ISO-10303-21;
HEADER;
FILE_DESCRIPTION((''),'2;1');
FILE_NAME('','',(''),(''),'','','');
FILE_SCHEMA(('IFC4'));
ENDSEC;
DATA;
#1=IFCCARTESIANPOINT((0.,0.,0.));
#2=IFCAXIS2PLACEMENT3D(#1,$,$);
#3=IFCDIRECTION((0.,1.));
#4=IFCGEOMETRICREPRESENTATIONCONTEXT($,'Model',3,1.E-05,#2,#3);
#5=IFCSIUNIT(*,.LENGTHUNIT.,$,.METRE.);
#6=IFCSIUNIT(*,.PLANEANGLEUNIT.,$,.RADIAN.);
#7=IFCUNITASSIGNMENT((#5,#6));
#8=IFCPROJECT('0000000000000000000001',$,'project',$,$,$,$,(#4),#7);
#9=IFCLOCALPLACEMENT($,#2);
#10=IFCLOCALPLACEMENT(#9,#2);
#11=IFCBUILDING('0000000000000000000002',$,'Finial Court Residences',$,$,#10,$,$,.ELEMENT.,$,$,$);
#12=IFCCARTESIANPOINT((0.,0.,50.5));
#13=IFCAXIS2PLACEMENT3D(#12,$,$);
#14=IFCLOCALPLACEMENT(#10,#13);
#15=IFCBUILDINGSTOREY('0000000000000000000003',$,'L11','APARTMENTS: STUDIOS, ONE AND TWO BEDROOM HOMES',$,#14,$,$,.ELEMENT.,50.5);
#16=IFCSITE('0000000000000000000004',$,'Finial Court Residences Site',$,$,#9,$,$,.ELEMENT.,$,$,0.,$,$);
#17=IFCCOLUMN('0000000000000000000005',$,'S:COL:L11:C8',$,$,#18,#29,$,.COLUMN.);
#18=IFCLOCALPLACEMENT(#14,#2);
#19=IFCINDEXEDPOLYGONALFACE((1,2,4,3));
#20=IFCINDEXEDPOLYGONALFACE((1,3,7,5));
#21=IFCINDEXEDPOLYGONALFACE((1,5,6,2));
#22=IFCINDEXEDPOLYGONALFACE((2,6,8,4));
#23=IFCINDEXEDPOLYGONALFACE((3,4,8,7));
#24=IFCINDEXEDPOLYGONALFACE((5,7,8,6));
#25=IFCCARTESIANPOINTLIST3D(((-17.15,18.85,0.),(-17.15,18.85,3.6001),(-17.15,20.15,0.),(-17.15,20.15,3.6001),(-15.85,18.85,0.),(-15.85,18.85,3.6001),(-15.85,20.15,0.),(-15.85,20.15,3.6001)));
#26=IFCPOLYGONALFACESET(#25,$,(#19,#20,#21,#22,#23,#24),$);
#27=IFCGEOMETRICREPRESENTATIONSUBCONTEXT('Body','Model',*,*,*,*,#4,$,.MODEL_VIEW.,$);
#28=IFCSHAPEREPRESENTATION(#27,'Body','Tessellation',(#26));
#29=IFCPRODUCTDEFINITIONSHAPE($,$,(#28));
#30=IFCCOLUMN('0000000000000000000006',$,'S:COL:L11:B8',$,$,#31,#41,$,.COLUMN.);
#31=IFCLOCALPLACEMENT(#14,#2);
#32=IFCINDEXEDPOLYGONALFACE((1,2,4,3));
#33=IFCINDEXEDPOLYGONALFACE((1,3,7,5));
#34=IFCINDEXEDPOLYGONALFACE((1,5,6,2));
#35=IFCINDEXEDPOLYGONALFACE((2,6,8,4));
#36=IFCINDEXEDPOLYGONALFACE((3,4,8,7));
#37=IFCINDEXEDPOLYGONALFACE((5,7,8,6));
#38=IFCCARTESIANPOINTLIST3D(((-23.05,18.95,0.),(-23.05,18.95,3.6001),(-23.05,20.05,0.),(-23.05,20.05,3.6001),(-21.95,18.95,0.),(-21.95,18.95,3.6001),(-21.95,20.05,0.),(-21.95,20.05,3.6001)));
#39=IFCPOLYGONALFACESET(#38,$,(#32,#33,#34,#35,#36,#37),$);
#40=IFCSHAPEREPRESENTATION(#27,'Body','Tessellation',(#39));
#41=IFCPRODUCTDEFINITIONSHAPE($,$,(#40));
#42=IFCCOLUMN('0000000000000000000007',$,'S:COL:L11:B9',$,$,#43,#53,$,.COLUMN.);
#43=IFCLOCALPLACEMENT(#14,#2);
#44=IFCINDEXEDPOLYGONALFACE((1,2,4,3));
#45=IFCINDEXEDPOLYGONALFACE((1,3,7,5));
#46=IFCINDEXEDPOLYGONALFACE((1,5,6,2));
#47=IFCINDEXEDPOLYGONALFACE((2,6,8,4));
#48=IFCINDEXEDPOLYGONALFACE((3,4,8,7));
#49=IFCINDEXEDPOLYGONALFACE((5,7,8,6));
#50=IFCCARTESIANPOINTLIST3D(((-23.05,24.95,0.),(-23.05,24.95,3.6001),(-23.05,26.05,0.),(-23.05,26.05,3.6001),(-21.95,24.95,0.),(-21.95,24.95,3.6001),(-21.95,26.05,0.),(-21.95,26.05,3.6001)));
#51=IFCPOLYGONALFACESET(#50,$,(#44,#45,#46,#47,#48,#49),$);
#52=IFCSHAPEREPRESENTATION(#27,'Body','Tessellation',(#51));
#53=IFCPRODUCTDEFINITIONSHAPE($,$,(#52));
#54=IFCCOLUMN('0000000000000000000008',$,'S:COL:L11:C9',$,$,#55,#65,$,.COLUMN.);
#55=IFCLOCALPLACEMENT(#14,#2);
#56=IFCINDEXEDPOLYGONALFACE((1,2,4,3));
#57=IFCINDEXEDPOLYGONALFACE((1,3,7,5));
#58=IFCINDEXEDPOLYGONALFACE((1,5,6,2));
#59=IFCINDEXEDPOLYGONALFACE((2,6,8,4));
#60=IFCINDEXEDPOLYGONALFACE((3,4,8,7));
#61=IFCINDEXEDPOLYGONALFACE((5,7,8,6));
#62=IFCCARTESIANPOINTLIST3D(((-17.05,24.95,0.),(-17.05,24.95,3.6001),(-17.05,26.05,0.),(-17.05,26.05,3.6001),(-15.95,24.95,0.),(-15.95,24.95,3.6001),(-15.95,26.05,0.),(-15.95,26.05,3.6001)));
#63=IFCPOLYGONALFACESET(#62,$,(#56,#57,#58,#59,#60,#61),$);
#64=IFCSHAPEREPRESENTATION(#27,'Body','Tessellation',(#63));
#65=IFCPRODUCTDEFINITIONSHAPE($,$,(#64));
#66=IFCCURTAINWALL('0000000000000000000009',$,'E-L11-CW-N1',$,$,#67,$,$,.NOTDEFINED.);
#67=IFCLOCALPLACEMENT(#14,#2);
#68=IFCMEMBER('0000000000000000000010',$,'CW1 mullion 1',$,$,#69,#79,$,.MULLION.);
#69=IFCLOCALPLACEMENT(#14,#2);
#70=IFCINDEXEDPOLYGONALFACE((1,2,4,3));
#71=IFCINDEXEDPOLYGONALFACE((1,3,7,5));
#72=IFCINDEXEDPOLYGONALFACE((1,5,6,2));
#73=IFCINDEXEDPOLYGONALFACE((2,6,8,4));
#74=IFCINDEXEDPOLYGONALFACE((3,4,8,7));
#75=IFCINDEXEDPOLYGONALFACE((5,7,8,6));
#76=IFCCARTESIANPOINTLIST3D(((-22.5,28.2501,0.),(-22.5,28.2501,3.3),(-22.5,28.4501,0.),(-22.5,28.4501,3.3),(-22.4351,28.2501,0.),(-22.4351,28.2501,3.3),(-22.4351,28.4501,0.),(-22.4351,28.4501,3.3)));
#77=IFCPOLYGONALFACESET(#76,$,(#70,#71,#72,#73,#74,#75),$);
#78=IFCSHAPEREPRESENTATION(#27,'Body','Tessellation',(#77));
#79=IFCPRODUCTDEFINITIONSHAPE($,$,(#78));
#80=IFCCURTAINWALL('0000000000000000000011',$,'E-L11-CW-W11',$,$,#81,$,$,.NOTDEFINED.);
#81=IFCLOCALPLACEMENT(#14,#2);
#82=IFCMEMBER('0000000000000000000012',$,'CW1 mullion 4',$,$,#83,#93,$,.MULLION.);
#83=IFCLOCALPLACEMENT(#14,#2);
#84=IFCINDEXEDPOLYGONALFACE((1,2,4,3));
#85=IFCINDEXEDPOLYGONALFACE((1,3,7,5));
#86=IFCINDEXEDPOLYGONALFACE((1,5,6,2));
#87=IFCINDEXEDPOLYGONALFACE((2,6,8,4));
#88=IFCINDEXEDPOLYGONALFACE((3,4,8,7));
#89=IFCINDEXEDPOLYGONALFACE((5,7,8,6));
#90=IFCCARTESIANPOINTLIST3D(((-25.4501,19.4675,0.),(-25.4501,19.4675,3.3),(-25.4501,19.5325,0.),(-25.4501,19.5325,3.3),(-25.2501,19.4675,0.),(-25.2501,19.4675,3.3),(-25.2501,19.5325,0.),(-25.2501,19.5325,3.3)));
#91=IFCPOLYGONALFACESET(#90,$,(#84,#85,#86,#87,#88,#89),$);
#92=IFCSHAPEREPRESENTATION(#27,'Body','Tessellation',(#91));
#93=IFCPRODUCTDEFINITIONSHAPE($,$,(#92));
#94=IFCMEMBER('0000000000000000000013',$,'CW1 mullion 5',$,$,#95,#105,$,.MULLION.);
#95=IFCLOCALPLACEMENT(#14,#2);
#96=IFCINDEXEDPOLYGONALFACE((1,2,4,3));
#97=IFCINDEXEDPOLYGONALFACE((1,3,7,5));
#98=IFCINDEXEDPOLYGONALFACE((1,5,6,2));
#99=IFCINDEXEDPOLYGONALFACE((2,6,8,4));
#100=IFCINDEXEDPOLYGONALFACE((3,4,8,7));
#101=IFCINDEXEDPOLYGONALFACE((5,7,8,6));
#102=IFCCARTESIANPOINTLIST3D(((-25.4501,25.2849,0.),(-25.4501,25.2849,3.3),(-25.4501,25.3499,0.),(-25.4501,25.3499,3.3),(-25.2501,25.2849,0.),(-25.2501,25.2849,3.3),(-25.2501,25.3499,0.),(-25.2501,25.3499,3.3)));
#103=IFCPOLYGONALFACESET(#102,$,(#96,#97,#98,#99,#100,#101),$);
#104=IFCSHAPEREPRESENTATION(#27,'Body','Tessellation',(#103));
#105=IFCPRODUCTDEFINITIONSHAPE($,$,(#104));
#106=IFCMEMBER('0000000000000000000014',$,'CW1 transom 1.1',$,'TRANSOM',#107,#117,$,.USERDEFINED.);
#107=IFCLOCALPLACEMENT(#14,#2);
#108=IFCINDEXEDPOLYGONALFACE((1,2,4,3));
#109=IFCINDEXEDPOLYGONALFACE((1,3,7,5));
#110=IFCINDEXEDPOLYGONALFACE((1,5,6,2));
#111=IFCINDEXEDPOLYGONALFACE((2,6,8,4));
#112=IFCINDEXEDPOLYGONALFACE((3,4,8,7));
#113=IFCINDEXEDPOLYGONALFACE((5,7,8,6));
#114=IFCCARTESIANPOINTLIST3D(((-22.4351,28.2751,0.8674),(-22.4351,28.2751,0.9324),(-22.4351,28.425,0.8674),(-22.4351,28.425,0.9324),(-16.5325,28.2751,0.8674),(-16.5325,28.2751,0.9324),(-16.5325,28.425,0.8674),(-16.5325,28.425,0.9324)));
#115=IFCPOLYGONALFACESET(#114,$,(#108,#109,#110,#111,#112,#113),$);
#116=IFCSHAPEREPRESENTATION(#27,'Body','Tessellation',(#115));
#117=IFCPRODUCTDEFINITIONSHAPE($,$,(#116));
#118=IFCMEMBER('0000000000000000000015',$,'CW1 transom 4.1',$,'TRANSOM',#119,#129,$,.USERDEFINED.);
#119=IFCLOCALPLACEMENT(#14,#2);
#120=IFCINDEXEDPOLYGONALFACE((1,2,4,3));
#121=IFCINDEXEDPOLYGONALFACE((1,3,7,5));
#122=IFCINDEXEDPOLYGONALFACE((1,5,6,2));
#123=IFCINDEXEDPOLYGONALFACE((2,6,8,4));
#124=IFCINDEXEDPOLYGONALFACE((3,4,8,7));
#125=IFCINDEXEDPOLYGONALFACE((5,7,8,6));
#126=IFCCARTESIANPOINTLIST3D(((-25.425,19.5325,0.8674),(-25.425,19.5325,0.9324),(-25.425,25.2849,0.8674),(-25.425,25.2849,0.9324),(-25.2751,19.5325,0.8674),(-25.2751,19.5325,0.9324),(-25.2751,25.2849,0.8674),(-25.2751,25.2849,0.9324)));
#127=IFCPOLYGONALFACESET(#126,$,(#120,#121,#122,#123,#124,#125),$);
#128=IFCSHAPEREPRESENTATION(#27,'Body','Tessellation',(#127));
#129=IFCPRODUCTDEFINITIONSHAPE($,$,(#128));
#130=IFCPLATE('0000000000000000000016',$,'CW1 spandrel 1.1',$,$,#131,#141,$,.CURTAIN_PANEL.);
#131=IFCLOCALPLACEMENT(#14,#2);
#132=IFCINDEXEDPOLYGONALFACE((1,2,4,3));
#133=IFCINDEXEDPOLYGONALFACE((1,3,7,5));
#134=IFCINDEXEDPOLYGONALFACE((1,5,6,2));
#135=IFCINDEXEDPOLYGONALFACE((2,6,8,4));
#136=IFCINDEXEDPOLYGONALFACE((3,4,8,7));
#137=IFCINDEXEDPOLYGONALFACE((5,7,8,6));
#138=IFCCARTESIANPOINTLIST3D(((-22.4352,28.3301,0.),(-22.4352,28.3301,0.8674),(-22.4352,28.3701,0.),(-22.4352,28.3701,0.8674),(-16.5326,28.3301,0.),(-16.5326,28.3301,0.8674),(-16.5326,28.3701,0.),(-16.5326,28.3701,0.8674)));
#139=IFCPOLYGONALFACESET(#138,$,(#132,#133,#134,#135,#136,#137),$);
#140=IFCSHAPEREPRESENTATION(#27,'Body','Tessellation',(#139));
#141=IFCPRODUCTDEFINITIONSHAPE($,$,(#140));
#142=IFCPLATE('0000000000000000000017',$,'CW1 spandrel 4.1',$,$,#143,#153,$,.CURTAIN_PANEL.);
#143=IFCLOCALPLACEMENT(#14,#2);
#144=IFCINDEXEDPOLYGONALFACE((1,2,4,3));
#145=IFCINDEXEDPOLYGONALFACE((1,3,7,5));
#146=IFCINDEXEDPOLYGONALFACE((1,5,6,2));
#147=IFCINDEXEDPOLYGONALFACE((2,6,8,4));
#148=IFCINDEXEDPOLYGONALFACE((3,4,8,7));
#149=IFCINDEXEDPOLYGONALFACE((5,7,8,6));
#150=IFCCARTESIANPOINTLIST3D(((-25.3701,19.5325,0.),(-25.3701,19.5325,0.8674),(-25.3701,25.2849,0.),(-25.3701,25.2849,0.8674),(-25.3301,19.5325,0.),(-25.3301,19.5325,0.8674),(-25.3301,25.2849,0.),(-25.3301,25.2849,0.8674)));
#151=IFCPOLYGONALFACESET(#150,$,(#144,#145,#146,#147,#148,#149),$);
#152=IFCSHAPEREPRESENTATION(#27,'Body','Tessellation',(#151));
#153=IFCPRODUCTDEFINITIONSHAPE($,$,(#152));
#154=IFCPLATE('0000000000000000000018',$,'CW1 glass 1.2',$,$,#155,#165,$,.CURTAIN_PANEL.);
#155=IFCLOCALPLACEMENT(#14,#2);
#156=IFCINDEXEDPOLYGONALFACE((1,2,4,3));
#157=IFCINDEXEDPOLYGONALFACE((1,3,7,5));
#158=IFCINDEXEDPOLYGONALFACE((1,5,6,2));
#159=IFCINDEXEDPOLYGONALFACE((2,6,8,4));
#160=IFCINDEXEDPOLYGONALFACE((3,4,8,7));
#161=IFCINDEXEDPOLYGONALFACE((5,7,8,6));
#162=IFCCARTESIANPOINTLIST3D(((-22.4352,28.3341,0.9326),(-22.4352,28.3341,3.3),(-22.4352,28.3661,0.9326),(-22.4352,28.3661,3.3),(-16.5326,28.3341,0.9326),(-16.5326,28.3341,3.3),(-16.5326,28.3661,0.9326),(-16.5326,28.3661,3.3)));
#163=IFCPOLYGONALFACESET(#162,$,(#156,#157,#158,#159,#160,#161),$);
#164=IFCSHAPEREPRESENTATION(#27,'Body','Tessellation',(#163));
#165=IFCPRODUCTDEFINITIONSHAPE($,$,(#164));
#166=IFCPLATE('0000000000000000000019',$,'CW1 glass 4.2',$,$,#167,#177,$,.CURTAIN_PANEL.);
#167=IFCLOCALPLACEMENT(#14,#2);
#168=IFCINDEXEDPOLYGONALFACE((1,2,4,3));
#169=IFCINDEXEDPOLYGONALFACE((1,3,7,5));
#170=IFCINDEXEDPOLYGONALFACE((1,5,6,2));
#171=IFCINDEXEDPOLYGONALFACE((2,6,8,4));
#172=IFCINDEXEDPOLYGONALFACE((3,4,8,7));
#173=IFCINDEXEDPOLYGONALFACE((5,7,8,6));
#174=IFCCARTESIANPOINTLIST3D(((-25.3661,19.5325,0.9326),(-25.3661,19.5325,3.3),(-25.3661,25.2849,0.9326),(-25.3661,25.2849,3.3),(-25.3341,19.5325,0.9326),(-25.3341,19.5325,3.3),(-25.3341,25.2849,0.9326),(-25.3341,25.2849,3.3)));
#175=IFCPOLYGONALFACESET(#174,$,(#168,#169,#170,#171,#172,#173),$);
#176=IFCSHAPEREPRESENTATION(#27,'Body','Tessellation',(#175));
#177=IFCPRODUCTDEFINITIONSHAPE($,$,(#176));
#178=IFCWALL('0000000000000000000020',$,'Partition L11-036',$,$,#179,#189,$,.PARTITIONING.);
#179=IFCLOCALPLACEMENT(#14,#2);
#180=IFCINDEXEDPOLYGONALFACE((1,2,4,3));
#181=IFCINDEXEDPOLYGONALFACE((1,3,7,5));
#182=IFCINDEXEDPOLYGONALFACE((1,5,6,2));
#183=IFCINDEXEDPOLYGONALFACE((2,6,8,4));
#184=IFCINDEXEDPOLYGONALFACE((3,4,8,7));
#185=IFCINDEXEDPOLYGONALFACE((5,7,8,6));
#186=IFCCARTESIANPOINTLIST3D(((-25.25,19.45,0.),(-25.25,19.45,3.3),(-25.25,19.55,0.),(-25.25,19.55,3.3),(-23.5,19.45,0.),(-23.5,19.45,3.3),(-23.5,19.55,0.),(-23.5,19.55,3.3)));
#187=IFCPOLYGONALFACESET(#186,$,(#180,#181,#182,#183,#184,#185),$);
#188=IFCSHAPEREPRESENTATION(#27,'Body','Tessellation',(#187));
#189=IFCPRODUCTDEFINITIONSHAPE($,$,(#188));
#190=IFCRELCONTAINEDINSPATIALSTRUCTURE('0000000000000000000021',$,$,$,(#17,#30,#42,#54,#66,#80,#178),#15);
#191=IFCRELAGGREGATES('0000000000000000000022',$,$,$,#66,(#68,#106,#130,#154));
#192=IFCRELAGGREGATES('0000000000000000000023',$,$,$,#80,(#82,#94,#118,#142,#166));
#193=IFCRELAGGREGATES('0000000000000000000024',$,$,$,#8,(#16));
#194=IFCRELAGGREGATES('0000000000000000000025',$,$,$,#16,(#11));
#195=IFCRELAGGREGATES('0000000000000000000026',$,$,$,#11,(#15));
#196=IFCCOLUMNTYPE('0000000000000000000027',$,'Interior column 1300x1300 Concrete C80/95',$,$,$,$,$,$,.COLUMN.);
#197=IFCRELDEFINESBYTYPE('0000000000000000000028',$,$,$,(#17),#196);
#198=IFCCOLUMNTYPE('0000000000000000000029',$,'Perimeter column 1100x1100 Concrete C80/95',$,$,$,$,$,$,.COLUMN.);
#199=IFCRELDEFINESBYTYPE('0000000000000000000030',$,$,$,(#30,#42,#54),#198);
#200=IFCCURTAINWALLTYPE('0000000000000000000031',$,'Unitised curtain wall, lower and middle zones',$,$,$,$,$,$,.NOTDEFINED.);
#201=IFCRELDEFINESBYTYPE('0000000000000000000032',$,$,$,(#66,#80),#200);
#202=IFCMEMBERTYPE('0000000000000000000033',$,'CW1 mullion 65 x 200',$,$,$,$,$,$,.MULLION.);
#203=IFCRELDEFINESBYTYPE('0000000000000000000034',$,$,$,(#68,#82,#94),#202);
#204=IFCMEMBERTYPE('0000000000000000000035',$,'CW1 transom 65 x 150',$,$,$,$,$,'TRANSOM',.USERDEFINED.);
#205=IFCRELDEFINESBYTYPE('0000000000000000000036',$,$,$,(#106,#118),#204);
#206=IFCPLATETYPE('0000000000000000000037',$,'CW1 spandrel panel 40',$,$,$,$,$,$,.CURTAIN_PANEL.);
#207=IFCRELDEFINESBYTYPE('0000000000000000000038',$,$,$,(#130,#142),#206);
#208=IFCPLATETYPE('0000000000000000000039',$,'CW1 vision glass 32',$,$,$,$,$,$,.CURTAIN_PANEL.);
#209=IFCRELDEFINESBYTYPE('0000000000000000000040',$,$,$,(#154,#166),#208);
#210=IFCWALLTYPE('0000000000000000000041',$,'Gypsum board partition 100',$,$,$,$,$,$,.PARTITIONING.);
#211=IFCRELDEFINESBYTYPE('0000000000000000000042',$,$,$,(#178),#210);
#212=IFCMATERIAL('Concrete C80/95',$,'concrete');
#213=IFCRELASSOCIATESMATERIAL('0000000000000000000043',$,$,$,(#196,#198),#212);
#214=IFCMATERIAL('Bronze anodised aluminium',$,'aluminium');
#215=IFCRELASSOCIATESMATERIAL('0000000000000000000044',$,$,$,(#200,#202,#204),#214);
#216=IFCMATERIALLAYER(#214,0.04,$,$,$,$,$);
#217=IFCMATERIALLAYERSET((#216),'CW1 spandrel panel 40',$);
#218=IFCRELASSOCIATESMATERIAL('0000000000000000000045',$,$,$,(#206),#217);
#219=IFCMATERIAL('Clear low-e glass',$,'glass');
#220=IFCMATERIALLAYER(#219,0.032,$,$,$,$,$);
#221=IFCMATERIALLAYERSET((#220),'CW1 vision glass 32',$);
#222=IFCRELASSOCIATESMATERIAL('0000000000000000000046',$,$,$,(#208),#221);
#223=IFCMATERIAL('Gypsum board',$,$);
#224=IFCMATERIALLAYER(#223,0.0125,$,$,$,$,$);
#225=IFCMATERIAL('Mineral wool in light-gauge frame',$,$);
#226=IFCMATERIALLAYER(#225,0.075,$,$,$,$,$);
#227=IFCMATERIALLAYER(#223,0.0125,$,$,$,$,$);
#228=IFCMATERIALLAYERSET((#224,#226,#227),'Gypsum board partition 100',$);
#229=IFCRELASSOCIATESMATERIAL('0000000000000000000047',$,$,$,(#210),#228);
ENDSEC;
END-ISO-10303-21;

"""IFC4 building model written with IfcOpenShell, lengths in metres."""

from ifc_helpers import new_model, si_unit, direction, frame, frame_2d, origin, origin_2d, place, context, subcontext, project, spatial, rectangle, extrude, material, layer, layer_set, material_profile, profile_set, type_object, element, aggregate, save


model = new_model("IFC4")

# Units and contexts
model_context = context("Model", 3, precision=1e-05, world=origin(), true_north=direction((0.0, 1.0)))
body_context = subcontext(model_context, "Body", "Model", "MODEL_VIEW")
ifc_project = project(units=[si_unit("LENGTHUNIT", "METRE"), si_unit("PLANEANGLEUNIT", "RADIAN")], contexts=[model_context])

# Site, building, storey
site_placement = place(None, origin())
site = spatial("IfcSite", under=ifc_project, at=site_placement, Name="Finial Court Residences Site", CompositionType="ELEMENT", RefElevation=0.0)
building_placement = place(site_placement, origin())
building = spatial("IfcBuilding", under=site, at=building_placement, Name="Finial Court Residences", CompositionType="ELEMENT")
storey_placement = place(building_placement, frame((0.0, 0.0, 50.5)))
storey = spatial("IfcBuildingStorey", under=building, at=storey_placement, Name="L11", Description="APARTMENTS: STUDIOS, ONE AND TWO BEDROOM HOMES", CompositionType="ELEMENT", Elevation=50.5)

# Columns
ifc_material_1 = material(Name="Concrete C80/95", Category="concrete")
ifc_material_profile_1 = material_profile(ifc_material_1, rectangle(XDim=1.3, YDim=1.3, at=origin_2d()), Name="1300x1300")
ifc_profile_set_1 = profile_set([ifc_material_profile_1], Name="Concrete C80/95")
column_type_1 = type_object("IfcColumnType", Name="Interior column 1300x1300 Concrete C80/95", PredefinedType="COLUMN", material=ifc_profile_set_1)
column_placement = place(storey_placement, frame((-16.5, 19.5, 0.0), z_axis=(0.0, 0.0, 1.0), x_axis=(1.0, 0.0, 0.0)))
element("IfcColumn", 1, at=column_placement, inside=storey, type_object=column_type_1, Name="S:COL:L11:C8", PredefinedType="COLUMN", context=body_context, shape_type="SweptSolid", body=[
    extrude(rectangle(XDim=1.3, YDim=1.3, at=origin_2d()), origin(), (0.0, 0.0, 1.0), 3.6001),
])
ifc_material_profile_2 = material_profile(ifc_material_1, rectangle(XDim=1.1001, YDim=1.1001, at=origin_2d()), Name="1100x1100")
ifc_profile_set_2 = profile_set([ifc_material_profile_2], Name="Concrete C80/95")
column_type_2 = type_object("IfcColumnType", Name="Perimeter column 1100x1100 Concrete C80/95", PredefinedType="COLUMN", material=ifc_profile_set_2)
for number, where, z_axis, x_axis, name in (
    (2, (-22.5, 19.5, 0.0), (0.0, 0.0, 1.0), (1.0, 0.0, 0.0), "S:COL:L11:B8"),
    (3, (-22.5, 25.5, 0.0), (0.0, 0.0, 1.0), (1.0, 0.0, 0.0), "S:COL:L11:B9"),
    (4, (-16.5, 25.5, 0.0), (0.0, 0.0, 1.0), (1.0, 0.0, 0.0), "S:COL:L11:C9"),
):
    element("IfcColumn", number, at=place(storey_placement, frame(where, z_axis=z_axis, x_axis=x_axis)), inside=storey, type_object=column_type_2, Name=name, PredefinedType="COLUMN", context=body_context, shape_type="SweptSolid", body=[
        extrude(rectangle(XDim=1.1001, YDim=1.1001, at=origin_2d()), origin(), (0.0, 0.0, 1.0), 3.6001),
    ])

# Curtain wall, member
ifc_material_2 = material(Name="Bronze anodised aluminium", Category="aluminium")
curtain_wall_type = type_object("IfcCurtainWallType", Name="Unitised curtain wall, lower and middle zones", PredefinedType="NOTDEFINED", material=ifc_material_2)
curtain_wall_1_placement = place(storey_placement, origin())
curtain_wall_1 = element("IfcCurtainWall", 5, at=curtain_wall_1_placement, inside=storey, type_object=curtain_wall_type, Name="E-L11-CW-N1", PredefinedType="NOTDEFINED")
ifc_material_profile_3 = material_profile(ifc_material_2, rectangle(XDim=0.2, YDim=0.0649, at=origin_2d()), Name="CW1 mullion 65 x 200")
ifc_profile_set_3 = profile_set([ifc_material_profile_3], Name="Bronze anodised aluminium")
member_type_1 = type_object("IfcMemberType", Name="CW1 mullion 65 x 200", PredefinedType="MULLION", material=ifc_profile_set_3)
member_1_placement = place(storey_placement, frame((-22.4675, 28.3501, 0.0), z_axis=(0.0, 0.0, 1.0), x_axis=(0.0, 1.0, 0.0)))
member_1 = element("IfcMember", 6, at=member_1_placement, type_object=member_type_1, Name="CW1 mullion 1", PredefinedType="MULLION", context=body_context, shape_type="SweptSolid", body=[
    extrude(rectangle(XDim=0.2, YDim=0.0649, at=origin_2d()), origin(), (0.0, 0.0, 1.0), 3.3),
])

# Curtain wall, members
curtain_wall_2_placement = place(storey_placement, origin())
curtain_wall_2 = element("IfcCurtainWall", 7, at=curtain_wall_2_placement, inside=storey, type_object=curtain_wall_type, Name="E-L11-CW-W11", PredefinedType="NOTDEFINED")
member_2_placement = place(storey_placement, frame((-25.3501, 19.5, 0.0), z_axis=(0.0, 0.0, 1.0), x_axis=(-1.0, 0.0, 0.0)))
member_2 = element("IfcMember", 8, at=member_2_placement, type_object=member_type_1, Name="CW1 mullion 4", PredefinedType="MULLION", context=body_context, shape_type="SweptSolid", body=[
    extrude(rectangle(XDim=0.2, YDim=0.0649, at=origin_2d()), origin(), (0.0, 0.0, 1.0), 3.3),
])
member_3_placement = place(storey_placement, frame((-25.3501, 25.3174, 0.0), z_axis=(0.0, 0.0, 1.0), x_axis=(-1.0, 0.0, 0.0)))
member_3 = element("IfcMember", 9, at=member_3_placement, type_object=member_type_1, Name="CW1 mullion 5", PredefinedType="MULLION", context=body_context, shape_type="SweptSolid", body=[
    extrude(rectangle(XDim=0.2, YDim=0.0649, at=origin_2d()), origin(), (0.0, 0.0, 1.0), 3.3),
])

# Members
ifc_material_profile_4 = material_profile(ifc_material_2, rectangle(XDim=0.1499, YDim=0.0649, at=origin_2d()), Name="CW1 transom 65 x 150")
ifc_profile_set_4 = profile_set([ifc_material_profile_4], Name="Bronze anodised aluminium")
member_type_2 = type_object("IfcMemberType", Name="CW1 transom 65 x 150", ElementType="TRANSOM", PredefinedType="USERDEFINED", material=ifc_profile_set_4)
member_4_placement = place(storey_placement, frame((-22.4351, 28.3501, 0.8999), z_axis=(1.0, 0.0, 0.0), x_axis=(0.0, 1.0, 0.0)))
member_4 = element("IfcMember", 10, at=member_4_placement, type_object=member_type_2, Name="CW1 transom 1.1", ObjectType="TRANSOM", PredefinedType="USERDEFINED", context=body_context, shape_type="SweptSolid", body=[
    extrude(rectangle(XDim=0.1499, YDim=0.0649, at=origin_2d()), origin(), (0.0, 0.0, 1.0), 5.9026),
])
member_5_placement = place(storey_placement, frame((-25.3501, 19.5325, 0.8999), z_axis=(0.0, 1.0, 0.0), x_axis=(-1.0, 0.0, 0.0)))
member_5 = element("IfcMember", 11, at=member_5_placement, type_object=member_type_2, Name="CW1 transom 4.1", ObjectType="TRANSOM", PredefinedType="USERDEFINED", context=body_context, shape_type="SweptSolid", body=[
    extrude(rectangle(XDim=0.1499, YDim=0.0649, at=origin_2d()), origin(), (0.0, 0.0, 1.0), 5.7524),
])

# Plates
ifc_layer_1 = layer(ifc_material_2, 0.04)
ifc_layer_set_1 = layer_set([ifc_layer_1], Name="CW1 spandrel panel 40")
plate_type_1 = type_object("IfcPlateType", Name="CW1 spandrel panel 40", PredefinedType="CURTAIN_PANEL", material=ifc_layer_set_1)
plate_1_placement = place(storey_placement, frame((-19.4839, 28.3501, 0.0), z_axis=(0.0, 0.0, 1.0), x_axis=(1.0, 0.0, 0.0)))
plate_1 = element("IfcPlate", 12, at=plate_1_placement, type_object=plate_type_1, Name="CW1 spandrel 1.1", PredefinedType="CURTAIN_PANEL", context=body_context, shape_type="SweptSolid", body=[
    extrude(rectangle(XDim=5.9026, YDim=0.04, at=origin_2d()), origin(), (0.0, 0.0, 1.0), 0.8674),
])
plate_2_placement = place(storey_placement, frame((-25.3501, 22.4087, 0.0), z_axis=(0.0, 0.0, 1.0), x_axis=(0.0, 1.0, 0.0)))
plate_2 = element("IfcPlate", 13, at=plate_2_placement, type_object=plate_type_1, Name="CW1 spandrel 4.1", PredefinedType="CURTAIN_PANEL", context=body_context, shape_type="SweptSolid", body=[
    extrude(rectangle(XDim=5.7524, YDim=0.04, at=origin_2d()), origin(), (0.0, 0.0, 1.0), 0.8674),
])
ifc_material_3 = material(Name="Clear low-e glass", Category="glass")
ifc_layer_2 = layer(ifc_material_3, 0.032)
ifc_layer_set_2 = layer_set([ifc_layer_2], Name="CW1 vision glass 32")
plate_type_2 = type_object("IfcPlateType", Name="CW1 vision glass 32", PredefinedType="CURTAIN_PANEL", material=ifc_layer_set_2)
plate_3_placement = place(storey_placement, frame((-19.4839, 28.3501, 0.9326), z_axis=(0.0, 0.0, 1.0), x_axis=(1.0, 0.0, 0.0)))
plate_3 = element("IfcPlate", 14, at=plate_3_placement, type_object=plate_type_2, Name="CW1 glass 1.2", PredefinedType="CURTAIN_PANEL", context=body_context, shape_type="SweptSolid", body=[
    extrude(rectangle(XDim=5.9026, YDim=0.032, at=origin_2d()), origin(), (0.0, 0.0, 1.0), 2.3674),
])
aggregate(curtain_wall_1, [member_1, member_4, plate_1, plate_3])
plate_4_placement = place(storey_placement, frame((-25.3501, 22.4087, 0.9326), z_axis=(0.0, 0.0, 1.0), x_axis=(0.0, 1.0, 0.0)))
plate_4 = element("IfcPlate", 15, at=plate_4_placement, type_object=plate_type_2, Name="CW1 glass 4.2", PredefinedType="CURTAIN_PANEL", context=body_context, shape_type="SweptSolid", body=[
    extrude(rectangle(XDim=5.7524, YDim=0.032, at=origin_2d()), origin(), (0.0, 0.0, 1.0), 2.3674),
])
aggregate(curtain_wall_2, [member_2, member_3, member_5, plate_2, plate_4])

# Wall
ifc_material_4 = material(Name="Gypsum board")
ifc_layer_3 = layer(ifc_material_4, 0.0125)
ifc_material_5 = material(Name="Mineral wool in light-gauge frame")
ifc_layer_4 = layer(ifc_material_5, 0.075)
ifc_layer_5 = layer(ifc_material_4, 0.0125)
ifc_layer_set_3 = layer_set([ifc_layer_3, ifc_layer_4, ifc_layer_5], Name="Gypsum board partition 100")
wall_type_1 = type_object("IfcWallType", Name="Gypsum board partition 100", PredefinedType="PARTITIONING", material=ifc_layer_set_3)
wall_1_placement = place(storey_placement, frame((-25.25, 19.5, 0.0), z_axis=(0.0, 0.0, 1.0), x_axis=(1.0, 0.0, 0.0)))
element("IfcWall", 16, at=wall_1_placement, inside=storey, type_object=wall_type_1, Name="Partition L11-036", PredefinedType="PARTITIONING", context=body_context, shape_type="SweptSolid", body=[
    extrude(rectangle(XDim=1.75, YDim=0.1001, at=frame_2d((0.875, 0.0))), origin(), (0.0, 0.0, 1.0), 3.3),
])

save(model, "model.ifc")
